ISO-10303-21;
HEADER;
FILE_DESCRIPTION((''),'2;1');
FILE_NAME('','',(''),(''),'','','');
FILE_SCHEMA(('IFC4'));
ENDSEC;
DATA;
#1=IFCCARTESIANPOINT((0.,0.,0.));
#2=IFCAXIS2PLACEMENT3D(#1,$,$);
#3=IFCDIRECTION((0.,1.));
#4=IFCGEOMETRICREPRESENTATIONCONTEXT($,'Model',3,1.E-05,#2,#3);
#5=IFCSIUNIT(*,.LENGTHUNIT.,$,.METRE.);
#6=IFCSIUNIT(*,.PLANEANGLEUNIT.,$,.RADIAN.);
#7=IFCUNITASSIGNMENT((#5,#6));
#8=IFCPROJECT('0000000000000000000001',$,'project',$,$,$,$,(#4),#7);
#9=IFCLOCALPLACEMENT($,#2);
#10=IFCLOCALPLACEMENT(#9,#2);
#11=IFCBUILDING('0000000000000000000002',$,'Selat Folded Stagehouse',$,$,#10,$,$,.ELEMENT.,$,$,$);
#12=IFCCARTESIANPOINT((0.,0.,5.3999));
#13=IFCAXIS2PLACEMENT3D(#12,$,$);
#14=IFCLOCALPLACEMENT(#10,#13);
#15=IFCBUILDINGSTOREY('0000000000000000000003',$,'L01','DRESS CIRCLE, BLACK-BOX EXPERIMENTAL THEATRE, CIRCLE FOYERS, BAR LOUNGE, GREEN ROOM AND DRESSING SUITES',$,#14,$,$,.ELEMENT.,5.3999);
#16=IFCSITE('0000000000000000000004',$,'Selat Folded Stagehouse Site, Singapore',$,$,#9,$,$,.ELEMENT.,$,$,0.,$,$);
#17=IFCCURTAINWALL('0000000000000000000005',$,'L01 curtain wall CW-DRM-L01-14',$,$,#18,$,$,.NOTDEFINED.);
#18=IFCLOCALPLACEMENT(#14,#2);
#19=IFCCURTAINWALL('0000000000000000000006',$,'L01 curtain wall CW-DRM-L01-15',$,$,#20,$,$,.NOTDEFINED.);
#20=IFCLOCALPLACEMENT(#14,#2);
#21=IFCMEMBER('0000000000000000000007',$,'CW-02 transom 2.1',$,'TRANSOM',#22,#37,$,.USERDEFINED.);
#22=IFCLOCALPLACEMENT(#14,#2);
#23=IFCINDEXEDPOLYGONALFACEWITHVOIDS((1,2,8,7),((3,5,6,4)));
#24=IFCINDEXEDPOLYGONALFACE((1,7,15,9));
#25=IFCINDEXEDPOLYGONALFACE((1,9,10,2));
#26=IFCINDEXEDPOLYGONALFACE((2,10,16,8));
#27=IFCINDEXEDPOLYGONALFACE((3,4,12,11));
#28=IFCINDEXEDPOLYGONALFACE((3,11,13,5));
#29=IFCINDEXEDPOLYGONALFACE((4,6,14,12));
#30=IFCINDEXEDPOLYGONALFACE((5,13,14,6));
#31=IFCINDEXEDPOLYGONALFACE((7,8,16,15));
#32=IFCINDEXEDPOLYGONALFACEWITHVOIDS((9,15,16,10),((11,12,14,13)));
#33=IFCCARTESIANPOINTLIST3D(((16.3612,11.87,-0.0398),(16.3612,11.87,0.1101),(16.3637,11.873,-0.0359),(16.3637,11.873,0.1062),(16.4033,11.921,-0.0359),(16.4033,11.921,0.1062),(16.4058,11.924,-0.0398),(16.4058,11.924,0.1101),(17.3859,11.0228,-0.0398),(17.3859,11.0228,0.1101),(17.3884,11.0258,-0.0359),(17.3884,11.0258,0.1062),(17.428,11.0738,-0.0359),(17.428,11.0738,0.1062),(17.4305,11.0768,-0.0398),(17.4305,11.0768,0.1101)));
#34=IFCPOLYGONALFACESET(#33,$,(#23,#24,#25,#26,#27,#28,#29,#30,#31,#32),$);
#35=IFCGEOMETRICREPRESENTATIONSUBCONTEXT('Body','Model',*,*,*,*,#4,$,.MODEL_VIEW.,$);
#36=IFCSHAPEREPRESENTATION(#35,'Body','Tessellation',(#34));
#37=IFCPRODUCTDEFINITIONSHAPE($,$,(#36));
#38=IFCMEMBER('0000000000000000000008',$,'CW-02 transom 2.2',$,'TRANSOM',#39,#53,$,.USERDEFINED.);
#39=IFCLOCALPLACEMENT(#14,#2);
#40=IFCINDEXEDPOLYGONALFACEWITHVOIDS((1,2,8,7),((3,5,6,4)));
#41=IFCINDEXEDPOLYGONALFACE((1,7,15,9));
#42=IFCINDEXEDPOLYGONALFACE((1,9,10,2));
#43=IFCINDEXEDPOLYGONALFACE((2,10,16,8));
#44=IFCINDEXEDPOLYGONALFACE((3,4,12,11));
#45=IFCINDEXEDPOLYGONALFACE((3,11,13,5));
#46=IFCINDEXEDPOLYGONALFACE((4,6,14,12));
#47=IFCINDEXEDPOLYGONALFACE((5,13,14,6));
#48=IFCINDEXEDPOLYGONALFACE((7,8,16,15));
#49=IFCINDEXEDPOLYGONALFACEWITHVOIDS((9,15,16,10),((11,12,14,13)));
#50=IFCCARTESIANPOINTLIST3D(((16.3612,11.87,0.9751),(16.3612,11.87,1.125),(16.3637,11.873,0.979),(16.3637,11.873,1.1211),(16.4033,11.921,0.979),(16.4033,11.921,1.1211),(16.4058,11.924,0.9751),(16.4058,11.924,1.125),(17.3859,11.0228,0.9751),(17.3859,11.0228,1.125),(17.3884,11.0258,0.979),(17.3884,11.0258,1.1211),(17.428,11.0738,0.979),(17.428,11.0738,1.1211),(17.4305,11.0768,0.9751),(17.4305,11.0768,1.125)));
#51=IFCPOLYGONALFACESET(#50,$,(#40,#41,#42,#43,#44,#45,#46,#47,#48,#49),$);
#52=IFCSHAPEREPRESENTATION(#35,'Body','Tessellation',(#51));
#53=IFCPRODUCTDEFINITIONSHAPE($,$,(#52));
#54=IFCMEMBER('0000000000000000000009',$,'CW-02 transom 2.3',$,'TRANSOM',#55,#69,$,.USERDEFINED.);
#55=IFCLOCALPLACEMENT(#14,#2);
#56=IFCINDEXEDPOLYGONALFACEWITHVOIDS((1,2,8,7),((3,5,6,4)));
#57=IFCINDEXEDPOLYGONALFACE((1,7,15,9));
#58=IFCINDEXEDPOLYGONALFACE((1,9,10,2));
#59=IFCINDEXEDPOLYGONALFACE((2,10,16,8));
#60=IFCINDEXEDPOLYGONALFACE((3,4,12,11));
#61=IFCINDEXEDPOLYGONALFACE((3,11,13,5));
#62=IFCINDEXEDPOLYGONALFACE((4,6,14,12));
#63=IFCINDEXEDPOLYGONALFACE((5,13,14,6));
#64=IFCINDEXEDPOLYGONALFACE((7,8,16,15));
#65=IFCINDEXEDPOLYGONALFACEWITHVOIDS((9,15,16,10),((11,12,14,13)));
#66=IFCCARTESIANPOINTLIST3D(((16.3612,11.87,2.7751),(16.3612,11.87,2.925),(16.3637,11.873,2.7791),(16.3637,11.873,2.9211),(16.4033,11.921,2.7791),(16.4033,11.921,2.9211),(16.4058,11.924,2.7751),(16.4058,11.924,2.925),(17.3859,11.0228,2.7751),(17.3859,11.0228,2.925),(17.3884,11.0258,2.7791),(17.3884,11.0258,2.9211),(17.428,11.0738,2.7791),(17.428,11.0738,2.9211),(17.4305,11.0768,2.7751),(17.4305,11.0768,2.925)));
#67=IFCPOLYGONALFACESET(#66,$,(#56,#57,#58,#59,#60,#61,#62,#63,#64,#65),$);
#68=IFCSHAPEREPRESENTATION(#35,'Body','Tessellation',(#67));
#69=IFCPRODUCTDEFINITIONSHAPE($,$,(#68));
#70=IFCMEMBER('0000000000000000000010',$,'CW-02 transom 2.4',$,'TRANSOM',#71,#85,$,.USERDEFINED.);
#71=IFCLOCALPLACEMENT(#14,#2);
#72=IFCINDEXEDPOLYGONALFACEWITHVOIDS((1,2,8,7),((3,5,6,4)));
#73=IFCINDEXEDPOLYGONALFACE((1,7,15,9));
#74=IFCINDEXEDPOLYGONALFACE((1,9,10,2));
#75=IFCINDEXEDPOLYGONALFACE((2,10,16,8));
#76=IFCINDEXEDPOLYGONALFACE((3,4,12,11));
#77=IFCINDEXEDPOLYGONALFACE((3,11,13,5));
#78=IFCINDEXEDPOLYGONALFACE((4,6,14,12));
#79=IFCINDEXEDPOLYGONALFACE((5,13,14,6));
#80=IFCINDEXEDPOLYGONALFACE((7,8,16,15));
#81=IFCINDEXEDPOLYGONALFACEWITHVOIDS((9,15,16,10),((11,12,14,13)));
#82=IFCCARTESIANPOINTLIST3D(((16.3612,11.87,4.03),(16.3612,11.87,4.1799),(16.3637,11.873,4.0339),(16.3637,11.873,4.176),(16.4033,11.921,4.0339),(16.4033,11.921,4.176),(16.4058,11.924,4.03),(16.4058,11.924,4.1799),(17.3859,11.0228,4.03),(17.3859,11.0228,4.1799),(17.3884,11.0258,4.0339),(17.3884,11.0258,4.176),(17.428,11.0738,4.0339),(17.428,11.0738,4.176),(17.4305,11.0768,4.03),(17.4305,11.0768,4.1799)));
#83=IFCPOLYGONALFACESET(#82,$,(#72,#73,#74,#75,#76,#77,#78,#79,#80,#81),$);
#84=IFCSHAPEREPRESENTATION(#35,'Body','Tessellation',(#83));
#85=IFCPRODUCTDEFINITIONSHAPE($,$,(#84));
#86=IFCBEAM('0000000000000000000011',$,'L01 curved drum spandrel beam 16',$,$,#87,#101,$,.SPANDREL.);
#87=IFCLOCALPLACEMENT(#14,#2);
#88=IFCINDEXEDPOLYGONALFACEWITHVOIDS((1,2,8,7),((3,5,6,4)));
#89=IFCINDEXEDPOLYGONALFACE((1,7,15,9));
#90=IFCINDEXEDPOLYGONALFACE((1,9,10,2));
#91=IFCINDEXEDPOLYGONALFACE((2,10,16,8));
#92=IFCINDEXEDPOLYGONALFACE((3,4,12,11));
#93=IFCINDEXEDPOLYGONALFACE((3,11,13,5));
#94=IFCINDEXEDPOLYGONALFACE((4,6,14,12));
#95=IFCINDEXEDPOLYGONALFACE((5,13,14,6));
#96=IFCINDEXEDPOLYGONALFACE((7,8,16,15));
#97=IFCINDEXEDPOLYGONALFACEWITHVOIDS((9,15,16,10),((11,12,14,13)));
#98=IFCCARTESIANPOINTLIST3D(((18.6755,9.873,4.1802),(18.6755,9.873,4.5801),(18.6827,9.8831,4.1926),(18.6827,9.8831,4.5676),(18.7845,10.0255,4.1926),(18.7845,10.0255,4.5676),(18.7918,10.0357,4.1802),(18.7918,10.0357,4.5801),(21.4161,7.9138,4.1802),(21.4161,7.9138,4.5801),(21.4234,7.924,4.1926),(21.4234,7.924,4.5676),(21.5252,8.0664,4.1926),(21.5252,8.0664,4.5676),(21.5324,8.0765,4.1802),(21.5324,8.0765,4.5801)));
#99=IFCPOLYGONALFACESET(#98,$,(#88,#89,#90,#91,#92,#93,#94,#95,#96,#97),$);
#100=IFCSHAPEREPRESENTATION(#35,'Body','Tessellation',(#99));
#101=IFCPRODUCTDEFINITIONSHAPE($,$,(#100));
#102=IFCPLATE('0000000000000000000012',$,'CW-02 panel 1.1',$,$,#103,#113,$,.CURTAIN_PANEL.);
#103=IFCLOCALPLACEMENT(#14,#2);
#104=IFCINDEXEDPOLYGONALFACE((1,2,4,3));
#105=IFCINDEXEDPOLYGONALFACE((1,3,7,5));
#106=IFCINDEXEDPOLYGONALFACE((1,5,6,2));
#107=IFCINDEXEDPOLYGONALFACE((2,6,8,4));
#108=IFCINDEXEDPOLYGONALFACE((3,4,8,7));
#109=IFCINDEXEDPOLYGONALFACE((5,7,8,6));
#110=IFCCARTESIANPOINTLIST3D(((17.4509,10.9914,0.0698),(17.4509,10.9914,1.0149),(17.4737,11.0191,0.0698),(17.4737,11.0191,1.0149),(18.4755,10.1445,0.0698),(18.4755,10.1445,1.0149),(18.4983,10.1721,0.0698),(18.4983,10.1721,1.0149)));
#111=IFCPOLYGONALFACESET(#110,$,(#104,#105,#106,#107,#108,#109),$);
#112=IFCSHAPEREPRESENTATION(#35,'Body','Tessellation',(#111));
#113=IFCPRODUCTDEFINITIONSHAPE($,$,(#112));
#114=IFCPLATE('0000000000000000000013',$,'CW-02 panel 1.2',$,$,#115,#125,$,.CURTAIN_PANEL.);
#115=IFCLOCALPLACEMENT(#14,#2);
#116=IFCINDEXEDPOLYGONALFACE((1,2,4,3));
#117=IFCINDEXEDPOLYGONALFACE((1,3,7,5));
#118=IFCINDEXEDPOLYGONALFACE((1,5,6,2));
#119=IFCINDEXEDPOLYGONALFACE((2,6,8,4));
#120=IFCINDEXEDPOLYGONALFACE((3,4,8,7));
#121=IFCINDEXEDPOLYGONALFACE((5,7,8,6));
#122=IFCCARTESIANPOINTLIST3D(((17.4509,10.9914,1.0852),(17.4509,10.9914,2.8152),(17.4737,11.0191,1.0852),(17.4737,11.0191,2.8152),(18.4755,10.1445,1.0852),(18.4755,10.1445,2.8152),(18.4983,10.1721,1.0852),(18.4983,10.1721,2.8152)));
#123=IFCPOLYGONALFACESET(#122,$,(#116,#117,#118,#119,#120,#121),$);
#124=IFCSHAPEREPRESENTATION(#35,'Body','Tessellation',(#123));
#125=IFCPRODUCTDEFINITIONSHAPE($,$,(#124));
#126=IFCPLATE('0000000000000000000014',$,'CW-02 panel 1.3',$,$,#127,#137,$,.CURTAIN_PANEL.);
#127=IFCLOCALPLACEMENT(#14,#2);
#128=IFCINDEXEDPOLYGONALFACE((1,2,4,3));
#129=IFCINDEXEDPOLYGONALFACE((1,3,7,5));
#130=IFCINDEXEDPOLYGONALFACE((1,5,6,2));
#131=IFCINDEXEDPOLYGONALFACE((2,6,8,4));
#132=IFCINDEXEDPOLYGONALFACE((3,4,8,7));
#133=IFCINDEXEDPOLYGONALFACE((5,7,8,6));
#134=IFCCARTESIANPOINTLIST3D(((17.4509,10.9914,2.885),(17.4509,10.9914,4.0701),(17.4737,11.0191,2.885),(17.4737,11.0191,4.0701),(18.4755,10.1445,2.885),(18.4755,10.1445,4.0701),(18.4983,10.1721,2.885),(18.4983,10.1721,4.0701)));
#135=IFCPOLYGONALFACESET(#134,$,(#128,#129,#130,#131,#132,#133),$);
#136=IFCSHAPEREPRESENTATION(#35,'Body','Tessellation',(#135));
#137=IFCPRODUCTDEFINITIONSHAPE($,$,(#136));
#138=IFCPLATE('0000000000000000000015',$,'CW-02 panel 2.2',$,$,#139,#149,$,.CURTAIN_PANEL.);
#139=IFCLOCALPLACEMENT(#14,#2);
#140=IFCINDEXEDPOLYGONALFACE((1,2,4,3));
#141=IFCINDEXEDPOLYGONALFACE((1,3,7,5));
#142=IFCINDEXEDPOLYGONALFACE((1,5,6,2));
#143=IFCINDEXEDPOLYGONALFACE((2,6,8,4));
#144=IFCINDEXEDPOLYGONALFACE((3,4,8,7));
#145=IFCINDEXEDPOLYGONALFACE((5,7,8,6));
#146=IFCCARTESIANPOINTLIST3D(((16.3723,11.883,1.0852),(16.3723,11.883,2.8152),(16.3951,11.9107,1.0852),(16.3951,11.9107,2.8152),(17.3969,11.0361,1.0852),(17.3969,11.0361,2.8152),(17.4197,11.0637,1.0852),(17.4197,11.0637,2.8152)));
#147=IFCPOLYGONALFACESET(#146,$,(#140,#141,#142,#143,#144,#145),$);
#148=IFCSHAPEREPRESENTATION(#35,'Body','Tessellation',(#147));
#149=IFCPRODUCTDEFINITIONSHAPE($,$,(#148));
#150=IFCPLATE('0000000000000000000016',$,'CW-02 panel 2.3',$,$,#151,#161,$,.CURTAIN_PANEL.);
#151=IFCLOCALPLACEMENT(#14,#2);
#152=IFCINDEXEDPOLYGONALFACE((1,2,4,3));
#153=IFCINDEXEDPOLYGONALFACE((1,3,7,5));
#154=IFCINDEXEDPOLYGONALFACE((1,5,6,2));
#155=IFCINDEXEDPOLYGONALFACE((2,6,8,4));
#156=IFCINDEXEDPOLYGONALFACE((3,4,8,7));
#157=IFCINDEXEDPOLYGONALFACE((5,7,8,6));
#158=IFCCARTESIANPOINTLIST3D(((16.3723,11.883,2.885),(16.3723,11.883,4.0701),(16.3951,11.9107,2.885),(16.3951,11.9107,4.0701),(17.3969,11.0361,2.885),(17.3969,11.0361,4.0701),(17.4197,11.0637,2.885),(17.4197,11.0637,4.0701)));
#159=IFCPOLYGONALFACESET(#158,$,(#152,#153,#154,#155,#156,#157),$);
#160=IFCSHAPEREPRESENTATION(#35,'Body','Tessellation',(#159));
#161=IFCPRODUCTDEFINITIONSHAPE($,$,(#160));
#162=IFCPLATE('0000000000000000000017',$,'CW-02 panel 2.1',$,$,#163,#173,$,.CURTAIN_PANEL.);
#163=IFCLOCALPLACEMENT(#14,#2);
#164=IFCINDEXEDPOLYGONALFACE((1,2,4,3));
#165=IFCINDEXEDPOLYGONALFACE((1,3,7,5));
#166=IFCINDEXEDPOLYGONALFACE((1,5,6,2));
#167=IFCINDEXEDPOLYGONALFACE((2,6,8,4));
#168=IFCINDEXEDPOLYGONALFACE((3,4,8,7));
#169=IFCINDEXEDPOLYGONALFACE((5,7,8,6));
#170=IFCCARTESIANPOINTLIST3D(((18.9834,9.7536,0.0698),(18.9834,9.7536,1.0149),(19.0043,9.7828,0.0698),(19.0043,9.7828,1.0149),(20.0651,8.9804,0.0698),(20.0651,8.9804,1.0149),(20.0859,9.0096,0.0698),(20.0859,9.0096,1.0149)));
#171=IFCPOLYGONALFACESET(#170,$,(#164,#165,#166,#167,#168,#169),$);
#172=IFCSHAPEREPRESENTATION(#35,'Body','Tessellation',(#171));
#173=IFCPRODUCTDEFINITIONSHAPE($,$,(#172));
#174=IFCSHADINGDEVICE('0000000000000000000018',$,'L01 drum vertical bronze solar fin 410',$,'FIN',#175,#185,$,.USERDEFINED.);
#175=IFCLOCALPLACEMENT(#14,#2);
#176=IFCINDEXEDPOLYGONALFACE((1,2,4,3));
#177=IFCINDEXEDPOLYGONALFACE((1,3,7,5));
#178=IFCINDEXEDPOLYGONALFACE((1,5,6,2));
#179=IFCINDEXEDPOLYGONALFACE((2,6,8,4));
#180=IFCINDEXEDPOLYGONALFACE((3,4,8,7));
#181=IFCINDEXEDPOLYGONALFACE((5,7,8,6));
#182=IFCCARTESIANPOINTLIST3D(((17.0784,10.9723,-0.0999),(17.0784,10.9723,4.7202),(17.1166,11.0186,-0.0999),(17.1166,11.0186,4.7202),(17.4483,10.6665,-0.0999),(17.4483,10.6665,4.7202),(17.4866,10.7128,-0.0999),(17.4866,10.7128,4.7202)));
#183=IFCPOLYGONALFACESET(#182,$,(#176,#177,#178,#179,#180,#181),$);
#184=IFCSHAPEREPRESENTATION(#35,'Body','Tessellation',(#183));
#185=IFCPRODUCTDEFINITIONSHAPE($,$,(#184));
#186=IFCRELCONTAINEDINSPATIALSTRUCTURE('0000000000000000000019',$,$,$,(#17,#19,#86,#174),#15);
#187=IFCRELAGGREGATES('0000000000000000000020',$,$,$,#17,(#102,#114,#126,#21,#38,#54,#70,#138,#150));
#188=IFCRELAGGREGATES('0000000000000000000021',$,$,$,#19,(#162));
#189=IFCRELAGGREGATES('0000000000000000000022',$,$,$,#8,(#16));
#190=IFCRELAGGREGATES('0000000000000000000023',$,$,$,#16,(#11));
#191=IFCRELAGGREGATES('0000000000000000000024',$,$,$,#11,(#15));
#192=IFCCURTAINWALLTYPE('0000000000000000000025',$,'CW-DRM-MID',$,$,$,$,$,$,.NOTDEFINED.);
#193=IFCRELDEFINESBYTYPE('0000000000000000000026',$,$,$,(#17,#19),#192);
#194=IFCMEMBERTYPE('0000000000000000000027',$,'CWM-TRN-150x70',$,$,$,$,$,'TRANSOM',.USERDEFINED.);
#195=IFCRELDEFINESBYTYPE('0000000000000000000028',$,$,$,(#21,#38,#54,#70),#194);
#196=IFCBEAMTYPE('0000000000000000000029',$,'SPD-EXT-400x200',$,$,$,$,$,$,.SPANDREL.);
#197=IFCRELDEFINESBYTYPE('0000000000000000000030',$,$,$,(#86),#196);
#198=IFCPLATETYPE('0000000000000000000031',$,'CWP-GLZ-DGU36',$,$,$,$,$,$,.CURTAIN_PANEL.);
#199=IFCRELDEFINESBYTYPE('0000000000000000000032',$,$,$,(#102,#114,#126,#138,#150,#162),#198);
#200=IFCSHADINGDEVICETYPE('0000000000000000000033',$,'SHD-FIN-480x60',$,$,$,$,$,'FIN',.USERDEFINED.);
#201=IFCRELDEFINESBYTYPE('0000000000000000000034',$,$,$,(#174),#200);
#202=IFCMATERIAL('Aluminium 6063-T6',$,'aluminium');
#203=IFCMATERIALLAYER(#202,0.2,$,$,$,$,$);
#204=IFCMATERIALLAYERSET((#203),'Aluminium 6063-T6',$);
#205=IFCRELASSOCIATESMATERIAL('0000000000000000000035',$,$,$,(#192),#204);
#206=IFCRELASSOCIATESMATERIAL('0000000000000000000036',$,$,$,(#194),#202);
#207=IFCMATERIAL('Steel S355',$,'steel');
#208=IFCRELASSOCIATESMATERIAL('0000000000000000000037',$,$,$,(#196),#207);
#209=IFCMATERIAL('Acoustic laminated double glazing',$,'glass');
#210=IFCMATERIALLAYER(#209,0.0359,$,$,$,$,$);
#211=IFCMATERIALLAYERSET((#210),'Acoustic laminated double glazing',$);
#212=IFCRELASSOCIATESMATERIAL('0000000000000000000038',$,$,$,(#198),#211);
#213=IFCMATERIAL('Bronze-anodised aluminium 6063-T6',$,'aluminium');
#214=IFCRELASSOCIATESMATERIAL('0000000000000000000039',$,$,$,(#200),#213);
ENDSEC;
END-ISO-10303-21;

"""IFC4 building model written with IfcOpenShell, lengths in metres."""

from ifc_helpers import new_model, si_unit, direction, frame, origin, origin_2d, place, context, subcontext, project, spatial, rectangle, hollow_rectangle, extrude, material, layer, layer_set, material_profile, profile_set, type_object, element, aggregate, save


model = new_model("IFC4")

# Units and contexts
model_context = context("Model", 3, precision=1e-05, world=origin(), true_north=direction((0.0, 1.0)))
body_context = subcontext(model_context, "Body", "Model", "MODEL_VIEW")
ifc_project = project(units=[si_unit("LENGTHUNIT", "METRE"), si_unit("PLANEANGLEUNIT", "RADIAN")], contexts=[model_context])

# Site, building, storey
site_placement = place(None, origin())
site = spatial("IfcSite", under=ifc_project, at=site_placement, Name="Selat Folded Stagehouse Site, Singapore", CompositionType="ELEMENT", RefElevation=0.0)
building_placement = place(site_placement, origin())
building = spatial("IfcBuilding", under=site, at=building_placement, Name="Selat Folded Stagehouse", CompositionType="ELEMENT")
storey_placement = place(building_placement, frame((0.0, 0.0, 5.3999)))
storey = spatial("IfcBuildingStorey", under=building, at=storey_placement, Name="L01", Description="DRESS CIRCLE, BLACK-BOX EXPERIMENTAL THEATRE, CIRCLE FOYERS, BAR LOUNGE, GREEN ROOM AND DRESSING SUITES", CompositionType="ELEMENT", Elevation=5.3999)

# Shared definitions
ifc_material_1 = material(Name="Steel S355", Category="steel")

# Curtain wall
ifc_material_2 = material(Name="Aluminium 6063-T6", Category="aluminium")
ifc_layer_1 = layer(ifc_material_2, 0.2)
ifc_layer_set_1 = layer_set([ifc_layer_1], Name="Aluminium 6063-T6")
curtain_wall_type = type_object("IfcCurtainWallType", Name="CW-DRM-MID", PredefinedType="NOTDEFINED", material=ifc_layer_set_1)
curtain_wall_1_placement = place(storey_placement, origin())
curtain_wall_1 = element("IfcCurtainWall", 1, at=curtain_wall_1_placement, inside=storey, type_object=curtain_wall_type, Name="L01 curtain wall CW-DRM-L01-14", PredefinedType="NOTDEFINED")

# Curtain wall
curtain_wall_2_placement = place(storey_placement, origin())
curtain_wall_2 = element("IfcCurtainWall", 2, at=curtain_wall_2_placement, inside=storey, type_object=curtain_wall_type, Name="L01 curtain wall CW-DRM-L01-15", PredefinedType="NOTDEFINED")

# Members
ifc_material_profile_1 = material_profile(ifc_material_2, hollow_rectangle(XDim=0.0701, YDim=0.1499, WallThickness=0.0039, at=origin_2d()), Name="ALU 150x70x4.0")
ifc_profile_set_1 = profile_set([ifc_material_profile_1], Name="Aluminium 6063-T6")
member_type_1 = type_object("IfcMemberType", Name="CWM-TRN-150x70", ElementType="TRANSOM", PredefinedType="USERDEFINED", material=ifc_profile_set_1)
member_1_placement = place(storey_placement, frame((17.4082, 11.0498, 0.0352), z_axis=(-0.770699, 0.637199, 0.0), x_axis=(-0.637199, -0.770699, 0.0)))
member_1 = element("IfcMember", 3, at=member_1_placement, type_object=member_type_1, Name="CW-02 transom 2.1", ObjectType="TRANSOM", PredefinedType="USERDEFINED", context=body_context, shape_type="SweptSolid", body=[
    extrude(hollow_rectangle(XDim=0.0701, YDim=0.1499, WallThickness=0.0039, at=origin_2d()), origin(), (0.0, 0.0, 1.0), 1.3296),
])
member_2_placement = place(storey_placement, frame((17.4082, 11.0498, 1.05), z_axis=(-0.770699, 0.637199, 0.0), x_axis=(-0.637199, -0.770699, 0.0)))
member_2 = element("IfcMember", 4, at=member_2_placement, type_object=member_type_1, Name="CW-02 transom 2.2", ObjectType="TRANSOM", PredefinedType="USERDEFINED", context=body_context, shape_type="SweptSolid", body=[
    extrude(hollow_rectangle(XDim=0.0701, YDim=0.1499, WallThickness=0.0039, at=origin_2d()), origin(), (0.0, 0.0, 1.0), 1.3296),
])
member_3_placement = place(storey_placement, frame((17.4082, 11.0498, 2.8501), z_axis=(-0.770699, 0.637199, 0.0), x_axis=(-0.637199, -0.770699, 0.0)))
member_3 = element("IfcMember", 5, at=member_3_placement, type_object=member_type_1, Name="CW-02 transom 2.3", ObjectType="TRANSOM", PredefinedType="USERDEFINED", context=body_context, shape_type="SweptSolid", body=[
    extrude(hollow_rectangle(XDim=0.0701, YDim=0.1499, WallThickness=0.0039, at=origin_2d()), origin(), (0.0, 0.0, 1.0), 1.3296),
])
member_4_placement = place(storey_placement, frame((17.4082, 11.0498, 4.105), z_axis=(-0.770699, 0.637199, 0.0), x_axis=(-0.637199, -0.770699, 0.0)))
member_4 = element("IfcMember", 6, at=member_4_placement, type_object=member_type_1, Name="CW-02 transom 2.4", ObjectType="TRANSOM", PredefinedType="USERDEFINED", context=body_context, shape_type="SweptSolid", body=[
    extrude(hollow_rectangle(XDim=0.0701, YDim=0.1499, WallThickness=0.0039, at=origin_2d()), origin(), (0.0, 0.0, 1.0), 1.3296),
])

# Beam
ifc_material_profile_2 = material_profile(ifc_material_1, hollow_rectangle(XDim=0.2, YDim=0.3999, WallThickness=0.0125, at=origin_2d()), Name="RHS 400x200x12.5")
ifc_profile_set_2 = profile_set([ifc_material_profile_2], Name="Steel S355")
beam_type = type_object("IfcBeamType", Name="SPD-EXT-400x200", PredefinedType="SPANDREL", material=ifc_profile_set_2)
beam_placement = place(storey_placement, frame((18.7336, 9.9543, 4.3801), z_axis=(0.813513, -0.581547, 0.0), x_axis=(0.581547, 0.813513, 0.0)))
element("IfcBeam", 7, at=beam_placement, inside=storey, type_object=beam_type, Name="L01 curved drum spandrel beam 16", PredefinedType="SPANDREL", context=body_context, shape_type="SweptSolid", body=[
    extrude(hollow_rectangle(XDim=0.2, YDim=0.3999, WallThickness=0.0125, at=origin_2d()), origin(), (0.0, 0.0, 1.0), 3.3689),
])

# Plates
ifc_material_3 = material(Name="Acoustic laminated double glazing", Category="glass")
ifc_layer_2 = layer(ifc_material_3, 0.0359)
ifc_layer_set_2 = layer_set([ifc_layer_2], Name="Acoustic laminated double glazing")
plate_type = type_object("IfcPlateType", Name="CWP-GLZ-DGU36", PredefinedType="CURTAIN_PANEL", material=ifc_layer_set_2)
plate_1_placement = place(storey_placement, frame((17.9746, 10.5818, 0.0698), z_axis=(0.0, 0.0, 1.0), x_axis=(-0.770747, 0.637142, 0.0)))
plate_1 = element("IfcPlate", 8, at=plate_1_placement, type_object=plate_type, Name="CW-02 panel 1.1", PredefinedType="CURTAIN_PANEL", context=body_context, shape_type="SweptSolid", body=[
    extrude(rectangle(XDim=1.3293, YDim=0.0359, at=origin_2d()), origin(), (0.0, 0.0, 1.0), 0.9451),
])
plate_2_placement = place(storey_placement, frame((17.9746, 10.5818, 1.0852), z_axis=(0.0, 0.0, 1.0), x_axis=(-0.770747, 0.637142, 0.0)))
plate_2 = element("IfcPlate", 9, at=plate_2_placement, type_object=plate_type, Name="CW-02 panel 1.2", PredefinedType="CURTAIN_PANEL", context=body_context, shape_type="SweptSolid", body=[
    extrude(rectangle(XDim=1.3293, YDim=0.0359, at=origin_2d()), origin(), (0.0, 0.0, 1.0), 1.73),
])
plate_3_placement = place(storey_placement, frame((17.9746, 10.5818, 2.885), z_axis=(0.0, 0.0, 1.0), x_axis=(-0.770747, 0.637142, 0.0)))
plate_3 = element("IfcPlate", 10, at=plate_3_placement, type_object=plate_type, Name="CW-02 panel 1.3", PredefinedType="CURTAIN_PANEL", context=body_context, shape_type="SweptSolid", body=[
    extrude(rectangle(XDim=1.3293, YDim=0.0359, at=origin_2d()), origin(), (0.0, 0.0, 1.0), 1.1851),
])
plate_4_placement = place(storey_placement, frame((16.896, 11.4734, 1.0852), z_axis=(0.0, 0.0, 1.0), x_axis=(-0.770747, 0.637142, 0.0)))
plate_4 = element("IfcPlate", 11, at=plate_4_placement, type_object=plate_type, Name="CW-02 panel 2.2", PredefinedType="CURTAIN_PANEL", context=body_context, shape_type="SweptSolid", body=[
    extrude(rectangle(XDim=1.3293, YDim=0.0359, at=origin_2d()), origin(), (0.0, 0.0, 1.0), 1.73),
])
plate_5_placement = place(storey_placement, frame((16.896, 11.4734, 2.885), z_axis=(0.0, 0.0, 1.0), x_axis=(-0.770747, 0.637142, 0.0)))
plate_5 = element("IfcPlate", 12, at=plate_5_placement, type_object=plate_type, Name="CW-02 panel 2.3", PredefinedType="CURTAIN_PANEL", context=body_context, shape_type="SweptSolid", body=[
    extrude(rectangle(XDim=1.3293, YDim=0.0359, at=origin_2d()), origin(), (0.0, 0.0, 1.0), 1.1851),
])
aggregate(curtain_wall_1, [plate_1, plate_2, plate_3, member_1, member_2, member_3, member_4, plate_4, plate_5])
plate_6_placement = place(storey_placement, frame((19.5347, 9.3816, 0.0698), z_axis=(0.0, 0.0, 1.0), x_axis=(-0.813526, 0.581528, 0.0)))
plate_6 = element("IfcPlate", 13, at=plate_6_placement, type_object=plate_type, Name="CW-02 panel 2.1", PredefinedType="CURTAIN_PANEL", context=body_context, shape_type="SweptSolid", body=[
    extrude(rectangle(XDim=1.3296, YDim=0.0359, at=origin_2d()), origin(), (0.0, 0.0, 1.0), 0.9451),
])
aggregate(curtain_wall_2, [plate_6])

# Shading device
ifc_material_4 = material(Name="Bronze-anodised aluminium 6063-T6", Category="aluminium")
ifc_material_profile_3 = material_profile(ifc_material_4, rectangle(XDim=0.0601, YDim=0.48, at=origin_2d()), Name="SOLAR-FIN 480x60")
ifc_profile_set_3 = profile_set([ifc_material_profile_3], Name="Bronze-anodised aluminium 6063-T6")
shading_device_type = type_object("IfcShadingDeviceType", Name="SHD-FIN-480x60", ElementType="FIN", PredefinedType="USERDEFINED", material=ifc_profile_set_3)
shading_device_placement = place(storey_placement, frame((17.2825, 10.8425, -0.0999), z_axis=(0.0, 0.0, 1.0), x_axis=(-0.637155, -0.770736, 0.0)))
element("IfcShadingDevice", 14, at=shading_device_placement, inside=storey, type_object=shading_device_type, Name="L01 drum vertical bronze solar fin 410", ObjectType="FIN", PredefinedType="USERDEFINED", context=body_context, shape_type="SweptSolid", body=[
    extrude(rectangle(XDim=0.0601, YDim=0.48, at=origin_2d()), origin(), (0.0, 0.0, 1.0), 4.8201),
])

save(model, "model.ifc")
